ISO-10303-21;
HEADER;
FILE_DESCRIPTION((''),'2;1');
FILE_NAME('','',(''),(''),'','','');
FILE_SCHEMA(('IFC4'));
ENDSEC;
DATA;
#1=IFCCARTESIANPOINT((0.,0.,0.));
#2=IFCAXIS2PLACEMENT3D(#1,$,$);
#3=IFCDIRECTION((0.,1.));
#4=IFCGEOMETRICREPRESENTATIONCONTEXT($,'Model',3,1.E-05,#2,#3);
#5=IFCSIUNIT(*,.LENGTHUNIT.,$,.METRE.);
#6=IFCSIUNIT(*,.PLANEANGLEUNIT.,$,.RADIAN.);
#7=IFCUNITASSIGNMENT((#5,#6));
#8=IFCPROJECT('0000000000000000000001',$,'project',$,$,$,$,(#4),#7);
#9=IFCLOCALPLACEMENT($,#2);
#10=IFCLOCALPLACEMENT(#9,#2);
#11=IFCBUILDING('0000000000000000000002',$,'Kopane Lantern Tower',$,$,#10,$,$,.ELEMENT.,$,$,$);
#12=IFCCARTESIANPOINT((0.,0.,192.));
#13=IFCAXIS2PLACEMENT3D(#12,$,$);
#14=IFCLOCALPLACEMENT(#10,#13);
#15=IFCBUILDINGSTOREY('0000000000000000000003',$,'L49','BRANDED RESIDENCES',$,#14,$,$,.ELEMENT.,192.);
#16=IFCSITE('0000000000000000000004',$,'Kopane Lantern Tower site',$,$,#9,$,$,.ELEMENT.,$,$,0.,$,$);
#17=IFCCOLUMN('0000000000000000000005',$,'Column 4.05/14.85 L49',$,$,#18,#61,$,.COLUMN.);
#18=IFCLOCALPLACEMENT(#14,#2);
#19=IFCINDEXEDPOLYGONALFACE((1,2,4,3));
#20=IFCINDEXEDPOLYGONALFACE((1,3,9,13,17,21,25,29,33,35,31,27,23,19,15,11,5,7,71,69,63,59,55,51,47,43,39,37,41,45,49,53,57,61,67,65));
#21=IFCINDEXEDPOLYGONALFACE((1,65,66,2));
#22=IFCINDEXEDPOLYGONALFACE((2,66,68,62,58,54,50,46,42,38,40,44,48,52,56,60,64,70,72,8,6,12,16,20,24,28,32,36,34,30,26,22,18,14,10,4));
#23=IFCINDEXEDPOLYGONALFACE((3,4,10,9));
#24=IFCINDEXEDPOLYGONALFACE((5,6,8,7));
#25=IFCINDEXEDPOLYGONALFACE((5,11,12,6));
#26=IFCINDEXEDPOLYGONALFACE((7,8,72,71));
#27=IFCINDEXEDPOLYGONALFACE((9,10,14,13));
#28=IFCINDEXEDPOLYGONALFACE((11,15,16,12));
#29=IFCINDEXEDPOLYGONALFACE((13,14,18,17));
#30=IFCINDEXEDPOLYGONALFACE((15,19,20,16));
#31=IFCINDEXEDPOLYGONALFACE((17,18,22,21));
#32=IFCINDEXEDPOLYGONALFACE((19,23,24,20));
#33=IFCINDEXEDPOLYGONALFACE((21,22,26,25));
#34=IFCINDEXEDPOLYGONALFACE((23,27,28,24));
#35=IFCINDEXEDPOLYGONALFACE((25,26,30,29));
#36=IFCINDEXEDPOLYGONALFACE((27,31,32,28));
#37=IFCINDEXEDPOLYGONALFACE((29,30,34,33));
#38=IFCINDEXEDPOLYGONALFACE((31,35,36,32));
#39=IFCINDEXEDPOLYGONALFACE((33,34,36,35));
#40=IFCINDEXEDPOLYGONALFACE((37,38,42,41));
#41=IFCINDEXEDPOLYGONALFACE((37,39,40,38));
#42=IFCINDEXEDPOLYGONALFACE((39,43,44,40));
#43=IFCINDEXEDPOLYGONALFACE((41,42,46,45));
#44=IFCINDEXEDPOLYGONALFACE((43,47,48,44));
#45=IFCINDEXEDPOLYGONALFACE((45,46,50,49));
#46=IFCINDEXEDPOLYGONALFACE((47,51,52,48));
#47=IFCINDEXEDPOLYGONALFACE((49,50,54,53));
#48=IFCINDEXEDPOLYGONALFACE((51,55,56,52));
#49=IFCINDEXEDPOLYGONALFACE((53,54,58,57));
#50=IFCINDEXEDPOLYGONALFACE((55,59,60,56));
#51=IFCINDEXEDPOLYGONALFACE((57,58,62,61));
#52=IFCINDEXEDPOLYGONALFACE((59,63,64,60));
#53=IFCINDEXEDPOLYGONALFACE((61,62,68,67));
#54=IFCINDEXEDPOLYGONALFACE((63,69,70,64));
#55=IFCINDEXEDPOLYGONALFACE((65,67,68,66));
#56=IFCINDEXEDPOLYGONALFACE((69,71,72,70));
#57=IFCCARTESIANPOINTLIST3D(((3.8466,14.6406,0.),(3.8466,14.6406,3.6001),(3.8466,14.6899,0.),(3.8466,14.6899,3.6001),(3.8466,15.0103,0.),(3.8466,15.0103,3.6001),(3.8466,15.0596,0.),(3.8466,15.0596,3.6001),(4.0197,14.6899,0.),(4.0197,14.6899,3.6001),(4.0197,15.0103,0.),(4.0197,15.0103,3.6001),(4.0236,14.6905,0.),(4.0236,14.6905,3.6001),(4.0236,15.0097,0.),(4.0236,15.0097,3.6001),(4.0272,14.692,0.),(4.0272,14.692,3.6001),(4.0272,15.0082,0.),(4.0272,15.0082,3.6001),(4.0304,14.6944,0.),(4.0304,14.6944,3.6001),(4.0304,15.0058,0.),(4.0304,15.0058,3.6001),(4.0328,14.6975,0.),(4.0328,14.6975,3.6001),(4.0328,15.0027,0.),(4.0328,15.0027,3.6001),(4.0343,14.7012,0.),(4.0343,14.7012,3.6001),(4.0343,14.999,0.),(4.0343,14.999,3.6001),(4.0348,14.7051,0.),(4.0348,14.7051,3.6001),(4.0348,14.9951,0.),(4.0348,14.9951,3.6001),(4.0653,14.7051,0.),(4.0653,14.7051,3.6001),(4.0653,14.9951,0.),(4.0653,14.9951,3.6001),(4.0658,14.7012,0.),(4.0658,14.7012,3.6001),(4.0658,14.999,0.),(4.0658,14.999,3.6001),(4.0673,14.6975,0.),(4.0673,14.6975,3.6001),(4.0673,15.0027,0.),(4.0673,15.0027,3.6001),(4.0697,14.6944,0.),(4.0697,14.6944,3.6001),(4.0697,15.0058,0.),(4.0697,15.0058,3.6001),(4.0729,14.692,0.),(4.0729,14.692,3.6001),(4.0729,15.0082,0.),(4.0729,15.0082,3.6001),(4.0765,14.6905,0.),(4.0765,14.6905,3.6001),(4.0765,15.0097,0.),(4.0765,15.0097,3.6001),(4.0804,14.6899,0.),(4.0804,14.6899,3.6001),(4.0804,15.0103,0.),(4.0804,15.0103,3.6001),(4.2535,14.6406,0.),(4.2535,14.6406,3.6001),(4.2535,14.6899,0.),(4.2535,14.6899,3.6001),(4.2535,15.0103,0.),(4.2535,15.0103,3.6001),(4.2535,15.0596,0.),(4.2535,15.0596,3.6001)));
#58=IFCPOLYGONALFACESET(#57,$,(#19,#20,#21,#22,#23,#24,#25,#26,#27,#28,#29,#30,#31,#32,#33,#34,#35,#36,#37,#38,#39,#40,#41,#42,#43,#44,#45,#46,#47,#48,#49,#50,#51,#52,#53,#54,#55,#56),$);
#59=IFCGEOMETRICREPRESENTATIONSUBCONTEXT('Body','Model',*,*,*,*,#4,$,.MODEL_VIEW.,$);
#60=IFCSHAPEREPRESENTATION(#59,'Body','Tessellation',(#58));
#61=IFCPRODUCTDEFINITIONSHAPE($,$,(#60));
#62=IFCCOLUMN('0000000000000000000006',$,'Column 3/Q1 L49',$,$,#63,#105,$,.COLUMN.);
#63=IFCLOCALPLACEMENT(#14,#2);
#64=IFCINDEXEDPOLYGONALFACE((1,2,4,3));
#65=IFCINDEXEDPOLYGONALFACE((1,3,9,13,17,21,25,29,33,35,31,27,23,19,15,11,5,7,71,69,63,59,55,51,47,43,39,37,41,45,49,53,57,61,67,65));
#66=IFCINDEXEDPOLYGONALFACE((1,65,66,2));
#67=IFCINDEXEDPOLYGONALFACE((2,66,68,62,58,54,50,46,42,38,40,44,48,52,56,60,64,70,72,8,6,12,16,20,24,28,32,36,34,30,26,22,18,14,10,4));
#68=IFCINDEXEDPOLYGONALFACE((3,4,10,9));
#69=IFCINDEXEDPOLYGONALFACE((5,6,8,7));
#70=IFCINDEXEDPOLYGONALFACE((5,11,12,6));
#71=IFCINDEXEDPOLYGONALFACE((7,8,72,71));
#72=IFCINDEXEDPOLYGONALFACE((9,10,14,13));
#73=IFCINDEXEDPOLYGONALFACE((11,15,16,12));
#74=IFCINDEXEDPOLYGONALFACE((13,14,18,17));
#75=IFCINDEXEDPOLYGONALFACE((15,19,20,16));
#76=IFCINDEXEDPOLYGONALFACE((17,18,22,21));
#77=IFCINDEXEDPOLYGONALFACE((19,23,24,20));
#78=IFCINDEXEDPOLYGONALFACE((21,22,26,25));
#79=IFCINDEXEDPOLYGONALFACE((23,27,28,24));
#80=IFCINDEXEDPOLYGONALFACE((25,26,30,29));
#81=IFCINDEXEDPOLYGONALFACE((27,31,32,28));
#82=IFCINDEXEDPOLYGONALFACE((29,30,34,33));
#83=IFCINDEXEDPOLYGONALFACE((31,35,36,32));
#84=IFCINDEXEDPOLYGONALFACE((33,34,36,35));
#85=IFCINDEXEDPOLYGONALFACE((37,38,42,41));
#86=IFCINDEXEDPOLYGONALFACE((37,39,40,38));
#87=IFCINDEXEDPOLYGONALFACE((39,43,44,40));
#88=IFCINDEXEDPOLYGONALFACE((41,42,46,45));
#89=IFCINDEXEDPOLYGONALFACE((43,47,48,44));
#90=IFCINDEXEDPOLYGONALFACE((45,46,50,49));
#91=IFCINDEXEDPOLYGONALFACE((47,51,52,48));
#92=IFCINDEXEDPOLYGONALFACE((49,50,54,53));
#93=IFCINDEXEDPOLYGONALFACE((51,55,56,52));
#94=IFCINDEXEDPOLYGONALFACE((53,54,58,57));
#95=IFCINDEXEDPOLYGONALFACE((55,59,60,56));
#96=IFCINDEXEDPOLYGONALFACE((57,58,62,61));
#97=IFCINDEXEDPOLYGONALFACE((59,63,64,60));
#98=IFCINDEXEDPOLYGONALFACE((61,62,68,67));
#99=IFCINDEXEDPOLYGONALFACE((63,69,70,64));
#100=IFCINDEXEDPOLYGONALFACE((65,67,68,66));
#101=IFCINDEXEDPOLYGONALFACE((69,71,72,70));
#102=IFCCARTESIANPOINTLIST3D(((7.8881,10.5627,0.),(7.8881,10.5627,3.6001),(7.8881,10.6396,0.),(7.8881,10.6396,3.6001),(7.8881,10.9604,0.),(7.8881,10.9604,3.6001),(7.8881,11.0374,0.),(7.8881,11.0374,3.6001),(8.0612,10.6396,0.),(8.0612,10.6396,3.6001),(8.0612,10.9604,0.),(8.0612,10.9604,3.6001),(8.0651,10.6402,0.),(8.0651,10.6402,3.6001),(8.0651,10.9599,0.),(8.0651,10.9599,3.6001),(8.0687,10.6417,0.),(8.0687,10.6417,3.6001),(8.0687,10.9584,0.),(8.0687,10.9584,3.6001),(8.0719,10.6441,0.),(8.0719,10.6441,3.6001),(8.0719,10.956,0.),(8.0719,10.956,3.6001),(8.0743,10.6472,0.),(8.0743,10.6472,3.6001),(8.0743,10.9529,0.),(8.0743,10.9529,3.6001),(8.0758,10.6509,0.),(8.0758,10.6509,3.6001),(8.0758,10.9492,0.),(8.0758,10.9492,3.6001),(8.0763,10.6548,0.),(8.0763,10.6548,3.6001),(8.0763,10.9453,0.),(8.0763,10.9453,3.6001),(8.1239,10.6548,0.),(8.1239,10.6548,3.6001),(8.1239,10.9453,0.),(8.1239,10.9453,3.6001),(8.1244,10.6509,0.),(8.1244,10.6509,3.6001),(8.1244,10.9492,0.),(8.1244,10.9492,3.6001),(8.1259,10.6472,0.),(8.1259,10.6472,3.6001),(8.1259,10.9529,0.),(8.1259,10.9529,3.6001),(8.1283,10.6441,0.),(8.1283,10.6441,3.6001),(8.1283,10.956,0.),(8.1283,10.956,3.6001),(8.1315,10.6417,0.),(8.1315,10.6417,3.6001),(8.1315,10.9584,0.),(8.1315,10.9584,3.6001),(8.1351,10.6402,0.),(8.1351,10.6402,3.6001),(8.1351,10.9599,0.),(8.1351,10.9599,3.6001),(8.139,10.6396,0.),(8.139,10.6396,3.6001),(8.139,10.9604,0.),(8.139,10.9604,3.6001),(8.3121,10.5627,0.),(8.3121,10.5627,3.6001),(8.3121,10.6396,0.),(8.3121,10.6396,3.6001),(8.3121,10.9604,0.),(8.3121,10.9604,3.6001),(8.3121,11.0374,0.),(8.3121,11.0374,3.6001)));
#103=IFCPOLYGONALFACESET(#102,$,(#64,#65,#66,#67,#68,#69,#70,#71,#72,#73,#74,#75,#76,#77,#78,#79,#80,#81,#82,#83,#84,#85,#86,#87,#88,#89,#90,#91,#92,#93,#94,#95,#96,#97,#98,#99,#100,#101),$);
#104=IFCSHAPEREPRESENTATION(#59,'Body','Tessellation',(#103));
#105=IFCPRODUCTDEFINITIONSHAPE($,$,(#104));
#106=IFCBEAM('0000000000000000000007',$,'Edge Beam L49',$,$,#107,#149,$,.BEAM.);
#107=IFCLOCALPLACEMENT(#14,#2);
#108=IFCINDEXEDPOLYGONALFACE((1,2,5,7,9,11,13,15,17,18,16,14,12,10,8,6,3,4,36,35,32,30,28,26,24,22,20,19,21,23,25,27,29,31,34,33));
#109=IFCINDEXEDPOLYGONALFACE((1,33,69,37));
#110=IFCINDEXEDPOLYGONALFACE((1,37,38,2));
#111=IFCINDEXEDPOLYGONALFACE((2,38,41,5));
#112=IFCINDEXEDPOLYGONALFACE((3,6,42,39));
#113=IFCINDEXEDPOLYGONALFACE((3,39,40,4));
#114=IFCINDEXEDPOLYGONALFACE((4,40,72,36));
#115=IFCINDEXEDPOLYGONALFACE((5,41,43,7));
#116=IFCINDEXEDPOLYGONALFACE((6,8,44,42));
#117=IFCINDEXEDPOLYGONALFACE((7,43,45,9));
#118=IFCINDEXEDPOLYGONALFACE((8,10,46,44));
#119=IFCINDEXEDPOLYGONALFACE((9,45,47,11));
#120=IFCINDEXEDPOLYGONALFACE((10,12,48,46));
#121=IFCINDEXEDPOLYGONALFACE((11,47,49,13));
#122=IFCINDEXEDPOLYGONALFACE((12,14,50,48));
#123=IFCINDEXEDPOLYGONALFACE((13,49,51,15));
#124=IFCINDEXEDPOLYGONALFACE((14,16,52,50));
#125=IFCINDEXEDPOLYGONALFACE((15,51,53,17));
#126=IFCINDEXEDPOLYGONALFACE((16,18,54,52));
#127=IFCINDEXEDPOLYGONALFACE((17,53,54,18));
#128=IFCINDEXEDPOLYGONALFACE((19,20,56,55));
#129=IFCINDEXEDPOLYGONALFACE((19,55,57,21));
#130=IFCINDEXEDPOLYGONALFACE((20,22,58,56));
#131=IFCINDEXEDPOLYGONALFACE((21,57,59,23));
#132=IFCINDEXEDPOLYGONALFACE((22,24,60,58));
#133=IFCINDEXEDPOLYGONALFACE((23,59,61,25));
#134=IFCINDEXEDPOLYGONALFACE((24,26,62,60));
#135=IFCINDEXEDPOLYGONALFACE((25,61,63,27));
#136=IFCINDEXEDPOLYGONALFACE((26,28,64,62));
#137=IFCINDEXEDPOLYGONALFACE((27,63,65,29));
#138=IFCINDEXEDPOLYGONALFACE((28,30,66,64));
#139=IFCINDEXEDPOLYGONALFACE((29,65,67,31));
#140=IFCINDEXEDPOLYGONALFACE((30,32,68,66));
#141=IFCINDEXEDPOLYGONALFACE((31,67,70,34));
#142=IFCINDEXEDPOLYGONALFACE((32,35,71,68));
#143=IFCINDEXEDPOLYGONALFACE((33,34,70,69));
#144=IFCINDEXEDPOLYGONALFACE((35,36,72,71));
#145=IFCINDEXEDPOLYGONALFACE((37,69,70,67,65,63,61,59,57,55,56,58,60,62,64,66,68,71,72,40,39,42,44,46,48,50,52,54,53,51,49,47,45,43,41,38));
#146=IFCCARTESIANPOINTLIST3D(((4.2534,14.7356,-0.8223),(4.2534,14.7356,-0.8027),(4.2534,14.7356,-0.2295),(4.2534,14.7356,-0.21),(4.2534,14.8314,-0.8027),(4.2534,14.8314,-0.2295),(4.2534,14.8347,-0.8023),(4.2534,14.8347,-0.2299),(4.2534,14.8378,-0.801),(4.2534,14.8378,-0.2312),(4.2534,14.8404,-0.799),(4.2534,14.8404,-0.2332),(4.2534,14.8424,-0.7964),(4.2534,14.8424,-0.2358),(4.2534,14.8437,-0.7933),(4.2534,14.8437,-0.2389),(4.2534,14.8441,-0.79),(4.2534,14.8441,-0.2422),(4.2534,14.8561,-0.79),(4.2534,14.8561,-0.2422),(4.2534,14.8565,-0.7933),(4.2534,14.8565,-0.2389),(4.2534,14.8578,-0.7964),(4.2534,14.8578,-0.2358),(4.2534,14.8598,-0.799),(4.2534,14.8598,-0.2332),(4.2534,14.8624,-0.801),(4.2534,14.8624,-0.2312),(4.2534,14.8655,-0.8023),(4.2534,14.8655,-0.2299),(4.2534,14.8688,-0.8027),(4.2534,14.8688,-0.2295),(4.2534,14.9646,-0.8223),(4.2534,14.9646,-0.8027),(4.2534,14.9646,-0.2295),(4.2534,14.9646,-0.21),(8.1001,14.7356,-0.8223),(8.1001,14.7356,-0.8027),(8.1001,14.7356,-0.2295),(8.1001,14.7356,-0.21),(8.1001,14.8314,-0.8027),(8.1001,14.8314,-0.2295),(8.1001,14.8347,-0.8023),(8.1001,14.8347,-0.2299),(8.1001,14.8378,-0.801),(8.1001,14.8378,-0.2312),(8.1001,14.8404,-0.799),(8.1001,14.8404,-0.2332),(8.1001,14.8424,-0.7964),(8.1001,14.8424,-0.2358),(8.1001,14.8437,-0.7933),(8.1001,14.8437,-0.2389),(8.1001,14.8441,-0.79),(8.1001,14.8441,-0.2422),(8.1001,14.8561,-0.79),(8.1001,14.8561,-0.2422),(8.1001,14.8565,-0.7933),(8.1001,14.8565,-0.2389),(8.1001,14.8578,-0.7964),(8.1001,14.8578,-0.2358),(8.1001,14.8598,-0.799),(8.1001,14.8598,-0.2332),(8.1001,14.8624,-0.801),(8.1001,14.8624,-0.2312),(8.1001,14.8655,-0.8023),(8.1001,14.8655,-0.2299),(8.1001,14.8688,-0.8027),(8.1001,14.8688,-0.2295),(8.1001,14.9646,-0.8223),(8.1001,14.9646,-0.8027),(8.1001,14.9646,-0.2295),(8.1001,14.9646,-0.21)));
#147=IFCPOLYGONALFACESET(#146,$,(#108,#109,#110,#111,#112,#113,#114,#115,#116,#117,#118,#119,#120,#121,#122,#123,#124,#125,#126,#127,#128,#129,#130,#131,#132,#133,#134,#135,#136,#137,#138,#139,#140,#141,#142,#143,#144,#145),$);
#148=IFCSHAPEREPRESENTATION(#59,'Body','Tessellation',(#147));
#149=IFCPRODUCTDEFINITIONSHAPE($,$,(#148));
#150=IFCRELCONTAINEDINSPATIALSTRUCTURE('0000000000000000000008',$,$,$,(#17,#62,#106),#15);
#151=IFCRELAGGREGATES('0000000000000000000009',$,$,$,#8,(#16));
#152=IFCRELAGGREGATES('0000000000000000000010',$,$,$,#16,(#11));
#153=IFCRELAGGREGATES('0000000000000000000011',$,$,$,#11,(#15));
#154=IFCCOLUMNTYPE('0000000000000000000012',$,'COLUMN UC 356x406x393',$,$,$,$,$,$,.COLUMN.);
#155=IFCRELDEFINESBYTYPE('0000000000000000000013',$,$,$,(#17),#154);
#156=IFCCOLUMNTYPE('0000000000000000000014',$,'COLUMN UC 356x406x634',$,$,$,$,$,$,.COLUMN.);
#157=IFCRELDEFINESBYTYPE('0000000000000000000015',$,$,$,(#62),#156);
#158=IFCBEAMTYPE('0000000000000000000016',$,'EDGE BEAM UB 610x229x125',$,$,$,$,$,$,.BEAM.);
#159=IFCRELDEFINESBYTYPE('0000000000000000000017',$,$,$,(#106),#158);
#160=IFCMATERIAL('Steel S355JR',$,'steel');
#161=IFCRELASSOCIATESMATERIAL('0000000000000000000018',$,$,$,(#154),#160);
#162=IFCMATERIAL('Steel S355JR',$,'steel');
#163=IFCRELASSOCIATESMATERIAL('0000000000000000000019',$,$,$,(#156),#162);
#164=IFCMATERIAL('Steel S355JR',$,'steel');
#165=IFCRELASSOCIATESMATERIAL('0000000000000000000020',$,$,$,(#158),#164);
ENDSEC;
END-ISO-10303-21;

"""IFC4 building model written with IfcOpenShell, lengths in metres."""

from ifc_helpers import new_model, si_unit, direction, frame, origin, origin_2d, place, context, subcontext, project, spatial, i_section, extrude, material, material_profile, profile_set, type_object, element, save


model = new_model("IFC4")

# Units and contexts
model_context = context("Model", 3, precision=1e-05, world=origin(), true_north=direction((0.0, 1.0)))
body_context = subcontext(model_context, "Body", "Model", "MODEL_VIEW")
ifc_project = project(units=[si_unit("LENGTHUNIT", "METRE"), si_unit("PLANEANGLEUNIT", "RADIAN")], contexts=[model_context])

# Site, building, storey
site_placement = place(None, origin())
site = spatial("IfcSite", under=ifc_project, at=site_placement, Name="Kopane Lantern Tower site", CompositionType="ELEMENT", RefElevation=0.0)
building_placement = place(site_placement, origin())
building = spatial("IfcBuilding", under=site, at=building_placement, Name="Kopane Lantern Tower", CompositionType="ELEMENT")
storey_placement = place(building_placement, frame((0.0, 0.0, 192.0)))
storey = spatial("IfcBuildingStorey", under=building, at=storey_placement, Name="L49", Description="BRANDED RESIDENCES", CompositionType="ELEMENT", Elevation=192.0)

# Columns
ifc_material_1 = material(Name="Steel S355JR", Category="steel")
ifc_material_profile_1 = material_profile(ifc_material_1, i_section(OverallWidth=0.407, OverallDepth=0.4189, WebThickness=0.0305, FlangeThickness=0.0493, FilletRadius=0.0151, at=origin_2d()), Name="UC 356x406x393")
ifc_profile_set_1 = profile_set([ifc_material_profile_1], Name="Steel S355JR")
column_type_1 = type_object("IfcColumnType", Name="COLUMN UC 356x406x393", PredefinedType="COLUMN", material=ifc_profile_set_1)
column_1_placement = place(storey_placement, frame((4.05, 14.8501, 0.0), z_axis=(0.0, 0.0, 1.0), x_axis=(1.0, 0.0, 0.0)))
element("IfcColumn", 1, at=column_1_placement, inside=storey, type_object=column_type_1, Name="Column 4.05/14.85 L49", PredefinedType="COLUMN", context=body_context, shape_type="SweptSolid", body=[
    extrude(i_section(OverallWidth=0.407, OverallDepth=0.4189, WebThickness=0.0305, FlangeThickness=0.0493, FilletRadius=0.0151, at=origin_2d()), origin(), (0.0, 0.0, 1.0), 3.6001),
])
ifc_material_2 = material(Name="Steel S355JR", Category="steel")
ifc_material_profile_2 = material_profile(ifc_material_2, i_section(OverallWidth=0.4241, OverallDepth=0.4746, WebThickness=0.0476, FlangeThickness=0.0769, FilletRadius=0.0151, at=origin_2d()), Name="UC 356x406x634")
ifc_profile_set_2 = profile_set([ifc_material_profile_2], Name="Steel S355JR")
column_type_2 = type_object("IfcColumnType", Name="COLUMN UC 356x406x634", PredefinedType="COLUMN", material=ifc_profile_set_2)
column_2_placement = place(storey_placement, frame((8.1001, 10.8, 0.0), z_axis=(0.0, 0.0, 1.0), x_axis=(1.0, 0.0, 0.0)))
element("IfcColumn", 2, at=column_2_placement, inside=storey, type_object=column_type_2, Name="Column 3/Q1 L49", PredefinedType="COLUMN", context=body_context, shape_type="SweptSolid", body=[
    extrude(i_section(OverallWidth=0.4241, OverallDepth=0.4746, WebThickness=0.0476, FlangeThickness=0.0769, FilletRadius=0.0151, at=origin_2d()), origin(), (0.0, 0.0, 1.0), 3.6001),
])

# Beam
ifc_material_3 = material(Name="Steel S355JR", Category="steel")
ifc_material_profile_3 = material_profile(ifc_material_3, i_section(OverallWidth=0.229, OverallDepth=0.6123, WebThickness=0.012, FlangeThickness=0.0195, FilletRadius=0.0127, at=origin_2d()), Name="UB 610x229x125")
ifc_profile_set_3 = profile_set([ifc_material_profile_3], Name="Steel S355JR")
beam_type_1 = type_object("IfcBeamType", Name="EDGE BEAM UB 610x229x125", PredefinedType="BEAM", material=ifc_profile_set_3)
beam_placement = place(storey_placement, frame((4.2534, 14.8501, -0.5161), z_axis=(1.0, 0.0, 0.0), x_axis=(0.0, 1.0, 0.0)))
element("IfcBeam", 3, at=beam_placement, inside=storey, type_object=beam_type_1, Name="Edge Beam L49", PredefinedType="BEAM", context=body_context, shape_type="SweptSolid", body=[
    extrude(i_section(OverallWidth=0.229, OverallDepth=0.6123, WebThickness=0.012, FlangeThickness=0.0195, FilletRadius=0.0127, at=origin_2d()), origin(), (0.0, 0.0, 1.0), 3.8467),
])

save(model, "model.ifc")
